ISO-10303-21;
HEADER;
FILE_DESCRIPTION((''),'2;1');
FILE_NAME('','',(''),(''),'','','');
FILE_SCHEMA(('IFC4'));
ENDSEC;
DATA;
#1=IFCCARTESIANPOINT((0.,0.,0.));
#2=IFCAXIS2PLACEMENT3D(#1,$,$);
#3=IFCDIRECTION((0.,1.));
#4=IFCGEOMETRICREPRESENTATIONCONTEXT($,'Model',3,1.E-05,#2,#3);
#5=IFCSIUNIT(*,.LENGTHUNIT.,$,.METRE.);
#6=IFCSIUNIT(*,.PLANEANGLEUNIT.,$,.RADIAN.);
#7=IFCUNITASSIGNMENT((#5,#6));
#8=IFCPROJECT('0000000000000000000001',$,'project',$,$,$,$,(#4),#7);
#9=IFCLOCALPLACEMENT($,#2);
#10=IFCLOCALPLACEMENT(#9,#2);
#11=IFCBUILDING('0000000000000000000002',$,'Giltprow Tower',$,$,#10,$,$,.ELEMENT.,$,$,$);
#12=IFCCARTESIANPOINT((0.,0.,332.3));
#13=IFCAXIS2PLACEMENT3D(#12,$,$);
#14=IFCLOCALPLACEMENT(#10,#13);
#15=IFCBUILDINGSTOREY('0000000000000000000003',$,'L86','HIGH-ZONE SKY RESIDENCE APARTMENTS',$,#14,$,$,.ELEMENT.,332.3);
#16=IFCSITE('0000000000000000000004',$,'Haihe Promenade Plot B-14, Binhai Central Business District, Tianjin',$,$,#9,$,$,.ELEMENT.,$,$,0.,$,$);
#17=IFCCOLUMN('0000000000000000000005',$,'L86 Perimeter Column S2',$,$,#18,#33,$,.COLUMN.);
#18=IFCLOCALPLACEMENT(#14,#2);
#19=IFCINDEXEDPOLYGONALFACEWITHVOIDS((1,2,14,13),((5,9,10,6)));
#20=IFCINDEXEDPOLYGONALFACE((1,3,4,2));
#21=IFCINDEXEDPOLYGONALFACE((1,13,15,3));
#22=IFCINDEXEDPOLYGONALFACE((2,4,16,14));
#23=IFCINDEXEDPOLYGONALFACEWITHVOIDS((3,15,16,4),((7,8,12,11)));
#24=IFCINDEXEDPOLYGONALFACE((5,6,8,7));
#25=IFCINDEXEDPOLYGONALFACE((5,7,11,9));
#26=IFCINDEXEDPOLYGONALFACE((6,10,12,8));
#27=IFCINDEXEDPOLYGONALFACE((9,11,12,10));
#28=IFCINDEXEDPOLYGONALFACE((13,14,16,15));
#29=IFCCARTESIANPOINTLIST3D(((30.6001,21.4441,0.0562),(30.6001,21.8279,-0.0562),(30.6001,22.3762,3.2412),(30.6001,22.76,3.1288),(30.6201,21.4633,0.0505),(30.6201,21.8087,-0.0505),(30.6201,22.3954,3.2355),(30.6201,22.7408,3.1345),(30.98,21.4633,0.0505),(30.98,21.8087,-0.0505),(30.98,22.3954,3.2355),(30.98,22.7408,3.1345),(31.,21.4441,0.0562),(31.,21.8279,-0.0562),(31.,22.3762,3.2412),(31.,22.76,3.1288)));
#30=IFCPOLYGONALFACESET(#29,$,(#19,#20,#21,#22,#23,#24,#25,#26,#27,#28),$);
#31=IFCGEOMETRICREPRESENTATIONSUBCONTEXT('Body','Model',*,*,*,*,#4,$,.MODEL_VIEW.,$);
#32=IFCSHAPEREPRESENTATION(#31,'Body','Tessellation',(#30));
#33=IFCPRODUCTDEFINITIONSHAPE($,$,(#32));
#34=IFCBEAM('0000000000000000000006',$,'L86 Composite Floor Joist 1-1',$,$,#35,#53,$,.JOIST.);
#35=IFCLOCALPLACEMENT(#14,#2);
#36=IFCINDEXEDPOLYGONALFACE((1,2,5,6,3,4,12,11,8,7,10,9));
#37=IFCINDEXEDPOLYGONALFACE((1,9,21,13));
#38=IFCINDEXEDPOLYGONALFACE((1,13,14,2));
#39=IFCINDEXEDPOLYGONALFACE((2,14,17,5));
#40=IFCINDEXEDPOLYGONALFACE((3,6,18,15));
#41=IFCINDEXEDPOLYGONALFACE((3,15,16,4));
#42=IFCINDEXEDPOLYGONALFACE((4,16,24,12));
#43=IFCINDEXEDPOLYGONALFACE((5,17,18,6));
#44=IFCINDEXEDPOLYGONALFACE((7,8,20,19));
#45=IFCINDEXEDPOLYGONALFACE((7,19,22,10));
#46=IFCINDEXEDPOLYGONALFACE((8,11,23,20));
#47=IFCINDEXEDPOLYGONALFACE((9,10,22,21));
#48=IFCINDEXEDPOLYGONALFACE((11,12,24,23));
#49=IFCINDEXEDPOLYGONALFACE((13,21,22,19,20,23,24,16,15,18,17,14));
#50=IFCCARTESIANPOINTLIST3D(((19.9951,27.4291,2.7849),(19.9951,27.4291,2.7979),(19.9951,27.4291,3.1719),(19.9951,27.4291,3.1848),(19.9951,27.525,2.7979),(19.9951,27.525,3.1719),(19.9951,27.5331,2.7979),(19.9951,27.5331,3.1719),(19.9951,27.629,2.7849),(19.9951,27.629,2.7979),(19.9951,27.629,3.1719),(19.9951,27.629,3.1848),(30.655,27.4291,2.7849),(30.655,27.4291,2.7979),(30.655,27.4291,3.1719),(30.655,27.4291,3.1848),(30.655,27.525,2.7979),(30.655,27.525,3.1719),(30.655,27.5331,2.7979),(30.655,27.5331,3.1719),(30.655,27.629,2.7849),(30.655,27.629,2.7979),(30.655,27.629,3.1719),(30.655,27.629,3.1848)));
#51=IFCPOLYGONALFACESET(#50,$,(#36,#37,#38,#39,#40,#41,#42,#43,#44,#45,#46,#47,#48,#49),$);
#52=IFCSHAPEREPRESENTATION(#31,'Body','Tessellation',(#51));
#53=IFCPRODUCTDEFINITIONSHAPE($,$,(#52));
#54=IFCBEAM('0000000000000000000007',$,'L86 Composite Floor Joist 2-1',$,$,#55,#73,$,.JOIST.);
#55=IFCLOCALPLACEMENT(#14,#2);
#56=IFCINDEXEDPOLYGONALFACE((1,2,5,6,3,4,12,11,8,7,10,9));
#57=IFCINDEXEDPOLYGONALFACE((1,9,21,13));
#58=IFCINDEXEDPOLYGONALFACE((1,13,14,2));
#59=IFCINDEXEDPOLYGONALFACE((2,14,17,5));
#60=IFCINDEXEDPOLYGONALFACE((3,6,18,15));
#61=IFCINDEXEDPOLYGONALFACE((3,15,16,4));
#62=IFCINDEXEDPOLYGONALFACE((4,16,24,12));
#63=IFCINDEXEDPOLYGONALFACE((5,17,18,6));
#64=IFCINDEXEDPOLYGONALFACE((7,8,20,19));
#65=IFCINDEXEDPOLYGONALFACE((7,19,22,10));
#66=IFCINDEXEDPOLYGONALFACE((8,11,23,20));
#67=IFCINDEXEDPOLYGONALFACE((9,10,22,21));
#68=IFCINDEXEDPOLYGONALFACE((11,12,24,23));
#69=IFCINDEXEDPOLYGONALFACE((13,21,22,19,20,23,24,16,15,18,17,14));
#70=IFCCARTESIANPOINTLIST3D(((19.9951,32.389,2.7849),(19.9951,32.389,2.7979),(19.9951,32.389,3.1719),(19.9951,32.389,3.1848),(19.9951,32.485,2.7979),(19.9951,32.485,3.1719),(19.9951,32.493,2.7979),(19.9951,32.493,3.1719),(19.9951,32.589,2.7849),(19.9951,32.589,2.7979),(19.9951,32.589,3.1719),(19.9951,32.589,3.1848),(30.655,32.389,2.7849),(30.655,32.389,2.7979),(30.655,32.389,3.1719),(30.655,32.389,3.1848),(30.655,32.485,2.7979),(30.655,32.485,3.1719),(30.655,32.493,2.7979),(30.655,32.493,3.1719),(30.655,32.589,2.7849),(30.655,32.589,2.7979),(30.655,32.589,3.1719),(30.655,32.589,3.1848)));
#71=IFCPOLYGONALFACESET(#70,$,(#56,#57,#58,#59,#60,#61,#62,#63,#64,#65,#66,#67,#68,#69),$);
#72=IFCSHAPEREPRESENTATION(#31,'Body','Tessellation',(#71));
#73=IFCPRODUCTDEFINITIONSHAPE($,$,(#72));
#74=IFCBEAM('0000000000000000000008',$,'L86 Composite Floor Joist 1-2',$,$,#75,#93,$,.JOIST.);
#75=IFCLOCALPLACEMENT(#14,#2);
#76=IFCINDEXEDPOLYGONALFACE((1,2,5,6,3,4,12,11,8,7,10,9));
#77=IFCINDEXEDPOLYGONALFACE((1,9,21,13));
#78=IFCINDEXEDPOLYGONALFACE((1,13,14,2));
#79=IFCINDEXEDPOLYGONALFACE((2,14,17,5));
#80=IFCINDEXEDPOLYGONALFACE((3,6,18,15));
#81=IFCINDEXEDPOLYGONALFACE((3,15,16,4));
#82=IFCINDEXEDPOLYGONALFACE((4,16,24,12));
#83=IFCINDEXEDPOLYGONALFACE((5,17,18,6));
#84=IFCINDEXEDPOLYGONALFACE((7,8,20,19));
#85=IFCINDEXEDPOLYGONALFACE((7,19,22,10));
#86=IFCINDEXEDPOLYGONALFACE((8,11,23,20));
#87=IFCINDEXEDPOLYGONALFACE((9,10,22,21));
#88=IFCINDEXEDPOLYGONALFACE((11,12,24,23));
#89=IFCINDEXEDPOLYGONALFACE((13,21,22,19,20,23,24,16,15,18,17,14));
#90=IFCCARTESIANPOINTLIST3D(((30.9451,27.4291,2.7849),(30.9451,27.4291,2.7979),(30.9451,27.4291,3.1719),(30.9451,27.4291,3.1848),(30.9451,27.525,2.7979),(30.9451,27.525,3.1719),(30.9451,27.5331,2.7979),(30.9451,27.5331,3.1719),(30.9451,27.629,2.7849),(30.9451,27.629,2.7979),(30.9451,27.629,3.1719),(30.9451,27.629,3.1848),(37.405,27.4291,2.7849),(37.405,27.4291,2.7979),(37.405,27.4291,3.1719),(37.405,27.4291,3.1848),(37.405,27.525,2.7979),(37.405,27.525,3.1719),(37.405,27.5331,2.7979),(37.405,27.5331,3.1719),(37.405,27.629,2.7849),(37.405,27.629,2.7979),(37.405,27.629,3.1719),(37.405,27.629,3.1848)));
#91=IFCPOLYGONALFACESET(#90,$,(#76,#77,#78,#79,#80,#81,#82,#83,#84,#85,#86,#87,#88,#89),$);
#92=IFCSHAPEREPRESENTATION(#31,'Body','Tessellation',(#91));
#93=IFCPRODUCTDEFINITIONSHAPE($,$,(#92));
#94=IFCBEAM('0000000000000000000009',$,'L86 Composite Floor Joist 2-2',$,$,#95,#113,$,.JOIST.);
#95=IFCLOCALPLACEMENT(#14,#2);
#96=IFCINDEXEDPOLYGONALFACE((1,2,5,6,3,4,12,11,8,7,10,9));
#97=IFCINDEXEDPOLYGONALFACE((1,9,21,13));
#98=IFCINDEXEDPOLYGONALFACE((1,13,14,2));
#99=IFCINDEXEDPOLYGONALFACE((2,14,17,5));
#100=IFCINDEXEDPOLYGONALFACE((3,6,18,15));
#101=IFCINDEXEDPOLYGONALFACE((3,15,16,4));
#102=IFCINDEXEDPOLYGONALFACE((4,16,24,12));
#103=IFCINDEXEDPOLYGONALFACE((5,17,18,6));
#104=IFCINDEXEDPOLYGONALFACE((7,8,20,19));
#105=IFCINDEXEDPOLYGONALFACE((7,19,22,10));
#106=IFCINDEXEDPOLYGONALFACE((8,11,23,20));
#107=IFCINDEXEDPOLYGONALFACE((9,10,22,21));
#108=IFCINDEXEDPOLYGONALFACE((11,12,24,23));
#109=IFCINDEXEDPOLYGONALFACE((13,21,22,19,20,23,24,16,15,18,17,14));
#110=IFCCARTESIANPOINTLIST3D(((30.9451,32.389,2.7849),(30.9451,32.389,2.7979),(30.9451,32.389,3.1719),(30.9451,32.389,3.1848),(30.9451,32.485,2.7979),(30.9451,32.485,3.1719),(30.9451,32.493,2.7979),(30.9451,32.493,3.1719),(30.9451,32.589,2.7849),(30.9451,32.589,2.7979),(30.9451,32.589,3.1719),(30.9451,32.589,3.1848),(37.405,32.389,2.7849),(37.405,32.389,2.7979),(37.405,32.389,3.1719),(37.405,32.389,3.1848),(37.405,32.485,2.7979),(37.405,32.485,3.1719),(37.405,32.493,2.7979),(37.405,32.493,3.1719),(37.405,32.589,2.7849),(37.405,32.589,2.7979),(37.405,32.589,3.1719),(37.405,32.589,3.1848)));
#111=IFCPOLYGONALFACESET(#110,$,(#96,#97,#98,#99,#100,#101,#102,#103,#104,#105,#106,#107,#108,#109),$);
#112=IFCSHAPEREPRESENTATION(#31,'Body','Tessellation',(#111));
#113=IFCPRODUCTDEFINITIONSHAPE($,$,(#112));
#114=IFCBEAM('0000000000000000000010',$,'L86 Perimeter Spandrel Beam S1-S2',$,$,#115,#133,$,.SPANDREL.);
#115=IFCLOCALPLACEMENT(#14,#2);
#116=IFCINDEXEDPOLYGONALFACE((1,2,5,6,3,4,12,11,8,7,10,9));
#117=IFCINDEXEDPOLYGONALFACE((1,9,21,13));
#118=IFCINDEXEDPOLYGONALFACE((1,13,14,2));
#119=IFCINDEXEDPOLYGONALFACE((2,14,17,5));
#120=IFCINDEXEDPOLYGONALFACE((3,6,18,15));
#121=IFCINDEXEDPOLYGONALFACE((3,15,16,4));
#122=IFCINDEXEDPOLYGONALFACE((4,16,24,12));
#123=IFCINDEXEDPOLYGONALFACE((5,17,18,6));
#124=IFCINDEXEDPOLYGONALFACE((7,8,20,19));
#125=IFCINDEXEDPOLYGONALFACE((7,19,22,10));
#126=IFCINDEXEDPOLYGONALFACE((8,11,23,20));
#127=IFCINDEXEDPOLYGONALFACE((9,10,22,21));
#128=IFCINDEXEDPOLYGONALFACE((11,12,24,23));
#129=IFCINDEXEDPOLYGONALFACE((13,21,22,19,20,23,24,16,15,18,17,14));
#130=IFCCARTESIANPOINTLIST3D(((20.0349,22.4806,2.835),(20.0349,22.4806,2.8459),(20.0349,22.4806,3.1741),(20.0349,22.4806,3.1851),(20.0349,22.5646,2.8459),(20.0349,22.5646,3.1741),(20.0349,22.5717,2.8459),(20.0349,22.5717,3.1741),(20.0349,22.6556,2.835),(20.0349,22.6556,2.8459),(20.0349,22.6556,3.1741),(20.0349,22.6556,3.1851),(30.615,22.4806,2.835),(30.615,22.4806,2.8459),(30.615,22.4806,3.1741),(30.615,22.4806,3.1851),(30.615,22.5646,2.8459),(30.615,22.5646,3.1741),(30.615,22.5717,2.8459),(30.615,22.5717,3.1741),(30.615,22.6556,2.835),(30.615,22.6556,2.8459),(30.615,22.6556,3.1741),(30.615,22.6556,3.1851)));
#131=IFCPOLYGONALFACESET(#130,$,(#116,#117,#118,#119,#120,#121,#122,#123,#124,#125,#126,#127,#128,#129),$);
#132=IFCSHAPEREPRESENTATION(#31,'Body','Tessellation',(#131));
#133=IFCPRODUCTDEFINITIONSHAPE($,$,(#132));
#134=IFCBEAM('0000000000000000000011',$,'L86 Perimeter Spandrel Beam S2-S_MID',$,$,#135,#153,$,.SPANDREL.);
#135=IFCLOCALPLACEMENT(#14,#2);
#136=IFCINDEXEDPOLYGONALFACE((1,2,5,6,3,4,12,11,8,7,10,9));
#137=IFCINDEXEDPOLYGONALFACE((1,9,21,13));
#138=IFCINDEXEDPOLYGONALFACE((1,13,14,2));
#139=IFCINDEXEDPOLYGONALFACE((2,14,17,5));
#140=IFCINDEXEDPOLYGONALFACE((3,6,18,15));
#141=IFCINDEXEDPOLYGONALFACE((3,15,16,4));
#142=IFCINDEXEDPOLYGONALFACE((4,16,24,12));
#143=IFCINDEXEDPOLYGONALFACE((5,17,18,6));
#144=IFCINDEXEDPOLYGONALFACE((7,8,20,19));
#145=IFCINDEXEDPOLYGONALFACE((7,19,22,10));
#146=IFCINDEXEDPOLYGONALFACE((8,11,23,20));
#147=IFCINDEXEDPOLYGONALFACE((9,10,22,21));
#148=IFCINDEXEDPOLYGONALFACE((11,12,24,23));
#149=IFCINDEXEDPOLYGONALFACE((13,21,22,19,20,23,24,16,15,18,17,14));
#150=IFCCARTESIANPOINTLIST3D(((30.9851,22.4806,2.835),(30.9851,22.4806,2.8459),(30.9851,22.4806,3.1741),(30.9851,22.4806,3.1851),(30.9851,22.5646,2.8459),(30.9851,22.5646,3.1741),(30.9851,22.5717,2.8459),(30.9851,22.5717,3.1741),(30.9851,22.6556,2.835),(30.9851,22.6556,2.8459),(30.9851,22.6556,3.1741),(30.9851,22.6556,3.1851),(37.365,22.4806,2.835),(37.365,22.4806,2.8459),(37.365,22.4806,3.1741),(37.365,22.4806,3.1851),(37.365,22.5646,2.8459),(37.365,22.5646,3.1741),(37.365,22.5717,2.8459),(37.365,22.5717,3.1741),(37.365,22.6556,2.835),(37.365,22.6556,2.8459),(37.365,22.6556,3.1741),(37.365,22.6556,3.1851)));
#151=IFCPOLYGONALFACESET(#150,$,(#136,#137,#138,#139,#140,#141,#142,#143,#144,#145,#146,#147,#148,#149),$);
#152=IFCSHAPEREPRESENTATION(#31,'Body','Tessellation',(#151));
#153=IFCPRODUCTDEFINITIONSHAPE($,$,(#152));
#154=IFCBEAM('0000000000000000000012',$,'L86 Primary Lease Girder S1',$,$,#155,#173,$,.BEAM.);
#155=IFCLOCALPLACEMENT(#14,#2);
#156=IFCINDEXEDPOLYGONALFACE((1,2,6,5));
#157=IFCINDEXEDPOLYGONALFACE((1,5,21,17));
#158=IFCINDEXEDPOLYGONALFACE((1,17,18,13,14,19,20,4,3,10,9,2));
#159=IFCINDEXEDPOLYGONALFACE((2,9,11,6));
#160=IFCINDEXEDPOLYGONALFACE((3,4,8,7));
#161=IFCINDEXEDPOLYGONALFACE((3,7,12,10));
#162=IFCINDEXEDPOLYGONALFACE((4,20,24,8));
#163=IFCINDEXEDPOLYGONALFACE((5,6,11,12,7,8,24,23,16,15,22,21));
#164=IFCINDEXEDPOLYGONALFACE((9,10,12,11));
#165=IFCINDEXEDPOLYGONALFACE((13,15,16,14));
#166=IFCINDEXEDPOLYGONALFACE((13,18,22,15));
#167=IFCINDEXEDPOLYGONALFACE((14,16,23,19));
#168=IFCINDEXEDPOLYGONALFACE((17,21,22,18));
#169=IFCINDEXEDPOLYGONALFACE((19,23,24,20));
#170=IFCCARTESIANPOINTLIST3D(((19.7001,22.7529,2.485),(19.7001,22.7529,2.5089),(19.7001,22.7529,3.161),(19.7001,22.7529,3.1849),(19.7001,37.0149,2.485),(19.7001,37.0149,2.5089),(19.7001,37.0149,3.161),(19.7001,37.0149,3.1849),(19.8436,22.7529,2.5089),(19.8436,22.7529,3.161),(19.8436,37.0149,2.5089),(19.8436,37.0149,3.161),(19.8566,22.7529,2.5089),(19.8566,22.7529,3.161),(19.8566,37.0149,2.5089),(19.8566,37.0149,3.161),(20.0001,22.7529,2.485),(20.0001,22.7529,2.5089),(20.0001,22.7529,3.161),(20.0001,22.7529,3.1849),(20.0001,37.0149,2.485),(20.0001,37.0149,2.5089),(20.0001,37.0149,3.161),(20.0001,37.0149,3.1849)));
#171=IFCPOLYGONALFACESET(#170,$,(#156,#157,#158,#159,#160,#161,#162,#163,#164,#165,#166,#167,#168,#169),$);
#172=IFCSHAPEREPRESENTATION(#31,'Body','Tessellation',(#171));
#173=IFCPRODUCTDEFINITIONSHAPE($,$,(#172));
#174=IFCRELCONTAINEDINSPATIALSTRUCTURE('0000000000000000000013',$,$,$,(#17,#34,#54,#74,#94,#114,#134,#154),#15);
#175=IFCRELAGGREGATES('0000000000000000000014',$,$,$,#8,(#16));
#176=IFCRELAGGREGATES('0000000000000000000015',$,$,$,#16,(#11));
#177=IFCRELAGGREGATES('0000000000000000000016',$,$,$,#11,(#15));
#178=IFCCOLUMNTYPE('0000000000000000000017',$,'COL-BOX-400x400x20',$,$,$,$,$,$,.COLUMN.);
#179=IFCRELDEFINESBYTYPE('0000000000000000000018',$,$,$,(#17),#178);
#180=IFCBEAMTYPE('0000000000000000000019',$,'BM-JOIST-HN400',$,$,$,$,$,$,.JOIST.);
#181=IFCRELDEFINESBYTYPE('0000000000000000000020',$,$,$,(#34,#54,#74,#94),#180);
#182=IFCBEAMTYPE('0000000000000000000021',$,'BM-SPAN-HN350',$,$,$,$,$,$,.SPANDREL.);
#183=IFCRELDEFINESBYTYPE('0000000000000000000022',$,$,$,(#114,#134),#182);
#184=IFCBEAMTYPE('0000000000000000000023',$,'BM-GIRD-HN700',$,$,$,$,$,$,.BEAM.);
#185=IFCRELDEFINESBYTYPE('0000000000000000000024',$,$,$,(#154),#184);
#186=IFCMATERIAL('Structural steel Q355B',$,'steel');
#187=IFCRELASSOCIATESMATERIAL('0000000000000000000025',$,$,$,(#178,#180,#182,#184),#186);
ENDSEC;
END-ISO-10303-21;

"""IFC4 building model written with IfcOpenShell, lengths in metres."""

from ifc_helpers import new_model, si_unit, direction, frame, origin, origin_2d, place, context, subcontext, project, spatial, hollow_rectangle, i_section, extrude, source, transform, mapped, material, material_profile, profile_set, type_object, element, save


model = new_model("IFC4")

# Units and contexts
model_context = context("Model", 3, precision=1e-05, world=origin(), true_north=direction((0.0, 1.0)))
body_context = subcontext(model_context, "Body", "Model", "MODEL_VIEW")
ifc_project = project(units=[si_unit("LENGTHUNIT", "METRE"), si_unit("PLANEANGLEUNIT", "RADIAN")], contexts=[model_context])

# Site, building, storey
site_placement = place(None, origin())
site = spatial("IfcSite", under=ifc_project, at=site_placement, Name="Haihe Promenade Plot B-14, Binhai Central Business District, Tianjin", CompositionType="ELEMENT", RefElevation=0.0)
building_placement = place(site_placement, origin())
building = spatial("IfcBuilding", under=site, at=building_placement, Name="Giltprow Tower", CompositionType="ELEMENT")
storey_placement = place(building_placement, frame((0.0, 0.0, 332.3)))
storey = spatial("IfcBuildingStorey", under=building, at=storey_placement, Name="L86", Description="HIGH-ZONE SKY RESIDENCE APARTMENTS", CompositionType="ELEMENT", Elevation=332.3)

# Column
ifc_material_1 = material(Name="Structural steel Q355B", Category="steel")
ifc_material_profile_1 = material_profile(ifc_material_1, hollow_rectangle(XDim=0.3999, YDim=0.3999, WallThickness=0.02, at=origin_2d()), Name="BOX 400x400x20")
ifc_profile_set_1 = profile_set([ifc_material_profile_1], Name="Structural steel Q355B")
column_type = type_object("IfcColumnType", Name="COL-BOX-400x400x20", PredefinedType="COLUMN", material=ifc_profile_set_1)
shared_shape_1 = source(origin(), body_context, "Body", "SweptSolid", [
    extrude(hollow_rectangle(XDim=0.3999, YDim=0.3999, WallThickness=0.02, at=origin_2d()), origin(), (0.0, 0.0, 1.0), 3.3186),
])
column_placement = place(storey_placement, frame((30.8, 21.636, 0.0), z_axis=(0.0, 0.280876, 0.959744), x_axis=(-1.0, 0.0, 0.0)))
element("IfcColumn", 1, at=column_placement, inside=storey, type_object=column_type, Name="L86 Perimeter Column S2", PredefinedType="COLUMN", context=body_context, shape_type="MappedRepresentation", body=[
    mapped(shared_shape_1, transform((0.0, 0.0, 0.0), x_axis=(1.0, 0.0, 0.0), y_axis=(0.0, 1.0, 0.0), z_axis=(0.0, 0.0, 1.0), scale=1.0)),
])

# Beams
ifc_material_profile_2 = material_profile(ifc_material_1, i_section(OverallWidth=0.2, OverallDepth=0.3999, WebThickness=0.0081, FlangeThickness=0.0129, at=origin_2d()), Name="HN 400x200x8x13")
ifc_profile_set_2 = profile_set([ifc_material_profile_2], Name="Structural steel Q355B")
beam_type_1 = type_object("IfcBeamType", Name="BM-JOIST-HN400", PredefinedType="JOIST", material=ifc_profile_set_2)
shared_shape_2 = source(origin(), body_context, "Body", "SweptSolid", [
    extrude(i_section(OverallWidth=0.2, OverallDepth=0.3999, WebThickness=0.0081, FlangeThickness=0.0129, at=origin_2d()), origin(), (0.0, 0.0, 1.0), 10.6599),
])
for number, where, z_axis, x_axis, name in (
    (2, (19.9951, 27.5291, 2.9849), (1.0, 0.0, 0.0), (0.0, 1.0, 0.0), "L86 Composite Floor Joist 1-1"),
    (3, (19.9951, 32.489, 2.9849), (1.0, 0.0, 0.0), (0.0, 1.0, 0.0), "L86 Composite Floor Joist 2-1"),
):
    element("IfcBeam", number, at=place(storey_placement, frame(where, z_axis=z_axis, x_axis=x_axis)), inside=storey, type_object=beam_type_1, Name=name, PredefinedType="JOIST", context=body_context, shape_type="MappedRepresentation", body=[
        mapped(shared_shape_2, transform((0.0, 0.0, 0.0), x_axis=(1.0, 0.0, 0.0), y_axis=(0.0, 1.0, 0.0), z_axis=(0.0, 0.0, 1.0), scale=1.0)),
    ])
shared_shape_3 = source(origin(), body_context, "Body", "SweptSolid", [
    extrude(i_section(OverallWidth=0.2, OverallDepth=0.3999, WebThickness=0.0081, FlangeThickness=0.0129, at=origin_2d()), origin(), (0.0, 0.0, 1.0), 6.46),
])
for number, where, z_axis, x_axis, name in (
    (4, (30.9451, 27.5291, 2.9849), (1.0, 0.0, 0.0), (0.0, 1.0, 0.0), "L86 Composite Floor Joist 1-2"),
    (5, (30.9451, 32.489, 2.9849), (1.0, 0.0, 0.0), (0.0, 1.0, 0.0), "L86 Composite Floor Joist 2-2"),
):
    element("IfcBeam", number, at=place(storey_placement, frame(where, z_axis=z_axis, x_axis=x_axis)), inside=storey, type_object=beam_type_1, Name=name, PredefinedType="JOIST", context=body_context, shape_type="MappedRepresentation", body=[
        mapped(shared_shape_3, transform((0.0, 0.0, 0.0), x_axis=(1.0, 0.0, 0.0), y_axis=(0.0, 1.0, 0.0), z_axis=(0.0, 0.0, 1.0), scale=1.0)),
    ])
ifc_material_profile_3 = material_profile(ifc_material_1, i_section(OverallWidth=0.175, OverallDepth=0.3501, WebThickness=0.0071, FlangeThickness=0.011, at=origin_2d()), Name="HN 350x175x7x11")
ifc_profile_set_3 = profile_set([ifc_material_profile_3], Name="Structural steel Q355B")
beam_type_2 = type_object("IfcBeamType", Name="BM-SPAN-HN350", PredefinedType="SPANDREL", material=ifc_profile_set_3)
shared_shape_4 = source(origin(), body_context, "Body", "SweptSolid", [
    extrude(i_section(OverallWidth=0.175, OverallDepth=0.3501, WebThickness=0.0071, FlangeThickness=0.011, at=origin_2d()), origin(), (0.0, 0.0, 1.0), 10.5801),
])
beam_1_placement = place(storey_placement, frame((20.0349, 22.5681, 3.01), z_axis=(1.0, 0.0, 0.0), x_axis=(0.0, 1.0, 0.0)))
element("IfcBeam", 6, at=beam_1_placement, inside=storey, type_object=beam_type_2, Name="L86 Perimeter Spandrel Beam S1-S2", PredefinedType="SPANDREL", context=body_context, shape_type="MappedRepresentation", body=[
    mapped(shared_shape_4, transform((0.0, 0.0, 0.0), x_axis=(1.0, 0.0, 0.0), y_axis=(0.0, 1.0, 0.0), z_axis=(0.0, 0.0, 1.0), scale=1.0)),
])
shared_shape_5 = source(origin(), body_context, "Body", "SweptSolid", [
    extrude(i_section(OverallWidth=0.175, OverallDepth=0.3501, WebThickness=0.0071, FlangeThickness=0.011, at=origin_2d()), origin(), (0.0, 0.0, 1.0), 6.3799),
])
beam_2_placement = place(storey_placement, frame((30.9851, 22.5681, 3.01), z_axis=(1.0, 0.0, 0.0), x_axis=(0.0, 1.0, 0.0)))
element("IfcBeam", 7, at=beam_2_placement, inside=storey, type_object=beam_type_2, Name="L86 Perimeter Spandrel Beam S2-S_MID", PredefinedType="SPANDREL", context=body_context, shape_type="MappedRepresentation", body=[
    mapped(shared_shape_5, transform((0.0, 0.0, 0.0), x_axis=(1.0, 0.0, 0.0), y_axis=(0.0, 1.0, 0.0), z_axis=(0.0, 0.0, 1.0), scale=1.0)),
])
ifc_material_profile_4 = material_profile(ifc_material_1, i_section(OverallWidth=0.3, OverallDepth=0.7, WebThickness=0.0129, FlangeThickness=0.0239, at=origin_2d()), Name="HN 700x300x13x24")
ifc_profile_set_4 = profile_set([ifc_material_profile_4], Name="Structural steel Q355B")
beam_type_3 = type_object("IfcBeamType", Name="BM-GIRD-HN700", PredefinedType="BEAM", material=ifc_profile_set_4)
shared_shape_6 = source(origin(), body_context, "Body", "SweptSolid", [
    extrude(i_section(OverallWidth=0.3, OverallDepth=0.7, WebThickness=0.0129, FlangeThickness=0.0239, at=origin_2d()), origin(), (0.0, 0.0, 1.0), 14.262),
])
for number, where, z_axis, x_axis, name in (
    (8, (19.8501, 22.7529, 2.835), (0.0, 1.0, 0.0), (-1.0, 0.0, 0.0), "L86 Primary Lease Girder S1"),
):
    element("IfcBeam", number, at=place(storey_placement, frame(where, z_axis=z_axis, x_axis=x_axis)), inside=storey, type_object=beam_type_3, Name=name, PredefinedType="BEAM", context=body_context, shape_type="MappedRepresentation", body=[
        mapped(shared_shape_6, transform((0.0, 0.0, 0.0), x_axis=(1.0, 0.0, 0.0), y_axis=(0.0, 1.0, 0.0), z_axis=(0.0, 0.0, 1.0), scale=1.0)),
    ])

save(model, "model.ifc")
